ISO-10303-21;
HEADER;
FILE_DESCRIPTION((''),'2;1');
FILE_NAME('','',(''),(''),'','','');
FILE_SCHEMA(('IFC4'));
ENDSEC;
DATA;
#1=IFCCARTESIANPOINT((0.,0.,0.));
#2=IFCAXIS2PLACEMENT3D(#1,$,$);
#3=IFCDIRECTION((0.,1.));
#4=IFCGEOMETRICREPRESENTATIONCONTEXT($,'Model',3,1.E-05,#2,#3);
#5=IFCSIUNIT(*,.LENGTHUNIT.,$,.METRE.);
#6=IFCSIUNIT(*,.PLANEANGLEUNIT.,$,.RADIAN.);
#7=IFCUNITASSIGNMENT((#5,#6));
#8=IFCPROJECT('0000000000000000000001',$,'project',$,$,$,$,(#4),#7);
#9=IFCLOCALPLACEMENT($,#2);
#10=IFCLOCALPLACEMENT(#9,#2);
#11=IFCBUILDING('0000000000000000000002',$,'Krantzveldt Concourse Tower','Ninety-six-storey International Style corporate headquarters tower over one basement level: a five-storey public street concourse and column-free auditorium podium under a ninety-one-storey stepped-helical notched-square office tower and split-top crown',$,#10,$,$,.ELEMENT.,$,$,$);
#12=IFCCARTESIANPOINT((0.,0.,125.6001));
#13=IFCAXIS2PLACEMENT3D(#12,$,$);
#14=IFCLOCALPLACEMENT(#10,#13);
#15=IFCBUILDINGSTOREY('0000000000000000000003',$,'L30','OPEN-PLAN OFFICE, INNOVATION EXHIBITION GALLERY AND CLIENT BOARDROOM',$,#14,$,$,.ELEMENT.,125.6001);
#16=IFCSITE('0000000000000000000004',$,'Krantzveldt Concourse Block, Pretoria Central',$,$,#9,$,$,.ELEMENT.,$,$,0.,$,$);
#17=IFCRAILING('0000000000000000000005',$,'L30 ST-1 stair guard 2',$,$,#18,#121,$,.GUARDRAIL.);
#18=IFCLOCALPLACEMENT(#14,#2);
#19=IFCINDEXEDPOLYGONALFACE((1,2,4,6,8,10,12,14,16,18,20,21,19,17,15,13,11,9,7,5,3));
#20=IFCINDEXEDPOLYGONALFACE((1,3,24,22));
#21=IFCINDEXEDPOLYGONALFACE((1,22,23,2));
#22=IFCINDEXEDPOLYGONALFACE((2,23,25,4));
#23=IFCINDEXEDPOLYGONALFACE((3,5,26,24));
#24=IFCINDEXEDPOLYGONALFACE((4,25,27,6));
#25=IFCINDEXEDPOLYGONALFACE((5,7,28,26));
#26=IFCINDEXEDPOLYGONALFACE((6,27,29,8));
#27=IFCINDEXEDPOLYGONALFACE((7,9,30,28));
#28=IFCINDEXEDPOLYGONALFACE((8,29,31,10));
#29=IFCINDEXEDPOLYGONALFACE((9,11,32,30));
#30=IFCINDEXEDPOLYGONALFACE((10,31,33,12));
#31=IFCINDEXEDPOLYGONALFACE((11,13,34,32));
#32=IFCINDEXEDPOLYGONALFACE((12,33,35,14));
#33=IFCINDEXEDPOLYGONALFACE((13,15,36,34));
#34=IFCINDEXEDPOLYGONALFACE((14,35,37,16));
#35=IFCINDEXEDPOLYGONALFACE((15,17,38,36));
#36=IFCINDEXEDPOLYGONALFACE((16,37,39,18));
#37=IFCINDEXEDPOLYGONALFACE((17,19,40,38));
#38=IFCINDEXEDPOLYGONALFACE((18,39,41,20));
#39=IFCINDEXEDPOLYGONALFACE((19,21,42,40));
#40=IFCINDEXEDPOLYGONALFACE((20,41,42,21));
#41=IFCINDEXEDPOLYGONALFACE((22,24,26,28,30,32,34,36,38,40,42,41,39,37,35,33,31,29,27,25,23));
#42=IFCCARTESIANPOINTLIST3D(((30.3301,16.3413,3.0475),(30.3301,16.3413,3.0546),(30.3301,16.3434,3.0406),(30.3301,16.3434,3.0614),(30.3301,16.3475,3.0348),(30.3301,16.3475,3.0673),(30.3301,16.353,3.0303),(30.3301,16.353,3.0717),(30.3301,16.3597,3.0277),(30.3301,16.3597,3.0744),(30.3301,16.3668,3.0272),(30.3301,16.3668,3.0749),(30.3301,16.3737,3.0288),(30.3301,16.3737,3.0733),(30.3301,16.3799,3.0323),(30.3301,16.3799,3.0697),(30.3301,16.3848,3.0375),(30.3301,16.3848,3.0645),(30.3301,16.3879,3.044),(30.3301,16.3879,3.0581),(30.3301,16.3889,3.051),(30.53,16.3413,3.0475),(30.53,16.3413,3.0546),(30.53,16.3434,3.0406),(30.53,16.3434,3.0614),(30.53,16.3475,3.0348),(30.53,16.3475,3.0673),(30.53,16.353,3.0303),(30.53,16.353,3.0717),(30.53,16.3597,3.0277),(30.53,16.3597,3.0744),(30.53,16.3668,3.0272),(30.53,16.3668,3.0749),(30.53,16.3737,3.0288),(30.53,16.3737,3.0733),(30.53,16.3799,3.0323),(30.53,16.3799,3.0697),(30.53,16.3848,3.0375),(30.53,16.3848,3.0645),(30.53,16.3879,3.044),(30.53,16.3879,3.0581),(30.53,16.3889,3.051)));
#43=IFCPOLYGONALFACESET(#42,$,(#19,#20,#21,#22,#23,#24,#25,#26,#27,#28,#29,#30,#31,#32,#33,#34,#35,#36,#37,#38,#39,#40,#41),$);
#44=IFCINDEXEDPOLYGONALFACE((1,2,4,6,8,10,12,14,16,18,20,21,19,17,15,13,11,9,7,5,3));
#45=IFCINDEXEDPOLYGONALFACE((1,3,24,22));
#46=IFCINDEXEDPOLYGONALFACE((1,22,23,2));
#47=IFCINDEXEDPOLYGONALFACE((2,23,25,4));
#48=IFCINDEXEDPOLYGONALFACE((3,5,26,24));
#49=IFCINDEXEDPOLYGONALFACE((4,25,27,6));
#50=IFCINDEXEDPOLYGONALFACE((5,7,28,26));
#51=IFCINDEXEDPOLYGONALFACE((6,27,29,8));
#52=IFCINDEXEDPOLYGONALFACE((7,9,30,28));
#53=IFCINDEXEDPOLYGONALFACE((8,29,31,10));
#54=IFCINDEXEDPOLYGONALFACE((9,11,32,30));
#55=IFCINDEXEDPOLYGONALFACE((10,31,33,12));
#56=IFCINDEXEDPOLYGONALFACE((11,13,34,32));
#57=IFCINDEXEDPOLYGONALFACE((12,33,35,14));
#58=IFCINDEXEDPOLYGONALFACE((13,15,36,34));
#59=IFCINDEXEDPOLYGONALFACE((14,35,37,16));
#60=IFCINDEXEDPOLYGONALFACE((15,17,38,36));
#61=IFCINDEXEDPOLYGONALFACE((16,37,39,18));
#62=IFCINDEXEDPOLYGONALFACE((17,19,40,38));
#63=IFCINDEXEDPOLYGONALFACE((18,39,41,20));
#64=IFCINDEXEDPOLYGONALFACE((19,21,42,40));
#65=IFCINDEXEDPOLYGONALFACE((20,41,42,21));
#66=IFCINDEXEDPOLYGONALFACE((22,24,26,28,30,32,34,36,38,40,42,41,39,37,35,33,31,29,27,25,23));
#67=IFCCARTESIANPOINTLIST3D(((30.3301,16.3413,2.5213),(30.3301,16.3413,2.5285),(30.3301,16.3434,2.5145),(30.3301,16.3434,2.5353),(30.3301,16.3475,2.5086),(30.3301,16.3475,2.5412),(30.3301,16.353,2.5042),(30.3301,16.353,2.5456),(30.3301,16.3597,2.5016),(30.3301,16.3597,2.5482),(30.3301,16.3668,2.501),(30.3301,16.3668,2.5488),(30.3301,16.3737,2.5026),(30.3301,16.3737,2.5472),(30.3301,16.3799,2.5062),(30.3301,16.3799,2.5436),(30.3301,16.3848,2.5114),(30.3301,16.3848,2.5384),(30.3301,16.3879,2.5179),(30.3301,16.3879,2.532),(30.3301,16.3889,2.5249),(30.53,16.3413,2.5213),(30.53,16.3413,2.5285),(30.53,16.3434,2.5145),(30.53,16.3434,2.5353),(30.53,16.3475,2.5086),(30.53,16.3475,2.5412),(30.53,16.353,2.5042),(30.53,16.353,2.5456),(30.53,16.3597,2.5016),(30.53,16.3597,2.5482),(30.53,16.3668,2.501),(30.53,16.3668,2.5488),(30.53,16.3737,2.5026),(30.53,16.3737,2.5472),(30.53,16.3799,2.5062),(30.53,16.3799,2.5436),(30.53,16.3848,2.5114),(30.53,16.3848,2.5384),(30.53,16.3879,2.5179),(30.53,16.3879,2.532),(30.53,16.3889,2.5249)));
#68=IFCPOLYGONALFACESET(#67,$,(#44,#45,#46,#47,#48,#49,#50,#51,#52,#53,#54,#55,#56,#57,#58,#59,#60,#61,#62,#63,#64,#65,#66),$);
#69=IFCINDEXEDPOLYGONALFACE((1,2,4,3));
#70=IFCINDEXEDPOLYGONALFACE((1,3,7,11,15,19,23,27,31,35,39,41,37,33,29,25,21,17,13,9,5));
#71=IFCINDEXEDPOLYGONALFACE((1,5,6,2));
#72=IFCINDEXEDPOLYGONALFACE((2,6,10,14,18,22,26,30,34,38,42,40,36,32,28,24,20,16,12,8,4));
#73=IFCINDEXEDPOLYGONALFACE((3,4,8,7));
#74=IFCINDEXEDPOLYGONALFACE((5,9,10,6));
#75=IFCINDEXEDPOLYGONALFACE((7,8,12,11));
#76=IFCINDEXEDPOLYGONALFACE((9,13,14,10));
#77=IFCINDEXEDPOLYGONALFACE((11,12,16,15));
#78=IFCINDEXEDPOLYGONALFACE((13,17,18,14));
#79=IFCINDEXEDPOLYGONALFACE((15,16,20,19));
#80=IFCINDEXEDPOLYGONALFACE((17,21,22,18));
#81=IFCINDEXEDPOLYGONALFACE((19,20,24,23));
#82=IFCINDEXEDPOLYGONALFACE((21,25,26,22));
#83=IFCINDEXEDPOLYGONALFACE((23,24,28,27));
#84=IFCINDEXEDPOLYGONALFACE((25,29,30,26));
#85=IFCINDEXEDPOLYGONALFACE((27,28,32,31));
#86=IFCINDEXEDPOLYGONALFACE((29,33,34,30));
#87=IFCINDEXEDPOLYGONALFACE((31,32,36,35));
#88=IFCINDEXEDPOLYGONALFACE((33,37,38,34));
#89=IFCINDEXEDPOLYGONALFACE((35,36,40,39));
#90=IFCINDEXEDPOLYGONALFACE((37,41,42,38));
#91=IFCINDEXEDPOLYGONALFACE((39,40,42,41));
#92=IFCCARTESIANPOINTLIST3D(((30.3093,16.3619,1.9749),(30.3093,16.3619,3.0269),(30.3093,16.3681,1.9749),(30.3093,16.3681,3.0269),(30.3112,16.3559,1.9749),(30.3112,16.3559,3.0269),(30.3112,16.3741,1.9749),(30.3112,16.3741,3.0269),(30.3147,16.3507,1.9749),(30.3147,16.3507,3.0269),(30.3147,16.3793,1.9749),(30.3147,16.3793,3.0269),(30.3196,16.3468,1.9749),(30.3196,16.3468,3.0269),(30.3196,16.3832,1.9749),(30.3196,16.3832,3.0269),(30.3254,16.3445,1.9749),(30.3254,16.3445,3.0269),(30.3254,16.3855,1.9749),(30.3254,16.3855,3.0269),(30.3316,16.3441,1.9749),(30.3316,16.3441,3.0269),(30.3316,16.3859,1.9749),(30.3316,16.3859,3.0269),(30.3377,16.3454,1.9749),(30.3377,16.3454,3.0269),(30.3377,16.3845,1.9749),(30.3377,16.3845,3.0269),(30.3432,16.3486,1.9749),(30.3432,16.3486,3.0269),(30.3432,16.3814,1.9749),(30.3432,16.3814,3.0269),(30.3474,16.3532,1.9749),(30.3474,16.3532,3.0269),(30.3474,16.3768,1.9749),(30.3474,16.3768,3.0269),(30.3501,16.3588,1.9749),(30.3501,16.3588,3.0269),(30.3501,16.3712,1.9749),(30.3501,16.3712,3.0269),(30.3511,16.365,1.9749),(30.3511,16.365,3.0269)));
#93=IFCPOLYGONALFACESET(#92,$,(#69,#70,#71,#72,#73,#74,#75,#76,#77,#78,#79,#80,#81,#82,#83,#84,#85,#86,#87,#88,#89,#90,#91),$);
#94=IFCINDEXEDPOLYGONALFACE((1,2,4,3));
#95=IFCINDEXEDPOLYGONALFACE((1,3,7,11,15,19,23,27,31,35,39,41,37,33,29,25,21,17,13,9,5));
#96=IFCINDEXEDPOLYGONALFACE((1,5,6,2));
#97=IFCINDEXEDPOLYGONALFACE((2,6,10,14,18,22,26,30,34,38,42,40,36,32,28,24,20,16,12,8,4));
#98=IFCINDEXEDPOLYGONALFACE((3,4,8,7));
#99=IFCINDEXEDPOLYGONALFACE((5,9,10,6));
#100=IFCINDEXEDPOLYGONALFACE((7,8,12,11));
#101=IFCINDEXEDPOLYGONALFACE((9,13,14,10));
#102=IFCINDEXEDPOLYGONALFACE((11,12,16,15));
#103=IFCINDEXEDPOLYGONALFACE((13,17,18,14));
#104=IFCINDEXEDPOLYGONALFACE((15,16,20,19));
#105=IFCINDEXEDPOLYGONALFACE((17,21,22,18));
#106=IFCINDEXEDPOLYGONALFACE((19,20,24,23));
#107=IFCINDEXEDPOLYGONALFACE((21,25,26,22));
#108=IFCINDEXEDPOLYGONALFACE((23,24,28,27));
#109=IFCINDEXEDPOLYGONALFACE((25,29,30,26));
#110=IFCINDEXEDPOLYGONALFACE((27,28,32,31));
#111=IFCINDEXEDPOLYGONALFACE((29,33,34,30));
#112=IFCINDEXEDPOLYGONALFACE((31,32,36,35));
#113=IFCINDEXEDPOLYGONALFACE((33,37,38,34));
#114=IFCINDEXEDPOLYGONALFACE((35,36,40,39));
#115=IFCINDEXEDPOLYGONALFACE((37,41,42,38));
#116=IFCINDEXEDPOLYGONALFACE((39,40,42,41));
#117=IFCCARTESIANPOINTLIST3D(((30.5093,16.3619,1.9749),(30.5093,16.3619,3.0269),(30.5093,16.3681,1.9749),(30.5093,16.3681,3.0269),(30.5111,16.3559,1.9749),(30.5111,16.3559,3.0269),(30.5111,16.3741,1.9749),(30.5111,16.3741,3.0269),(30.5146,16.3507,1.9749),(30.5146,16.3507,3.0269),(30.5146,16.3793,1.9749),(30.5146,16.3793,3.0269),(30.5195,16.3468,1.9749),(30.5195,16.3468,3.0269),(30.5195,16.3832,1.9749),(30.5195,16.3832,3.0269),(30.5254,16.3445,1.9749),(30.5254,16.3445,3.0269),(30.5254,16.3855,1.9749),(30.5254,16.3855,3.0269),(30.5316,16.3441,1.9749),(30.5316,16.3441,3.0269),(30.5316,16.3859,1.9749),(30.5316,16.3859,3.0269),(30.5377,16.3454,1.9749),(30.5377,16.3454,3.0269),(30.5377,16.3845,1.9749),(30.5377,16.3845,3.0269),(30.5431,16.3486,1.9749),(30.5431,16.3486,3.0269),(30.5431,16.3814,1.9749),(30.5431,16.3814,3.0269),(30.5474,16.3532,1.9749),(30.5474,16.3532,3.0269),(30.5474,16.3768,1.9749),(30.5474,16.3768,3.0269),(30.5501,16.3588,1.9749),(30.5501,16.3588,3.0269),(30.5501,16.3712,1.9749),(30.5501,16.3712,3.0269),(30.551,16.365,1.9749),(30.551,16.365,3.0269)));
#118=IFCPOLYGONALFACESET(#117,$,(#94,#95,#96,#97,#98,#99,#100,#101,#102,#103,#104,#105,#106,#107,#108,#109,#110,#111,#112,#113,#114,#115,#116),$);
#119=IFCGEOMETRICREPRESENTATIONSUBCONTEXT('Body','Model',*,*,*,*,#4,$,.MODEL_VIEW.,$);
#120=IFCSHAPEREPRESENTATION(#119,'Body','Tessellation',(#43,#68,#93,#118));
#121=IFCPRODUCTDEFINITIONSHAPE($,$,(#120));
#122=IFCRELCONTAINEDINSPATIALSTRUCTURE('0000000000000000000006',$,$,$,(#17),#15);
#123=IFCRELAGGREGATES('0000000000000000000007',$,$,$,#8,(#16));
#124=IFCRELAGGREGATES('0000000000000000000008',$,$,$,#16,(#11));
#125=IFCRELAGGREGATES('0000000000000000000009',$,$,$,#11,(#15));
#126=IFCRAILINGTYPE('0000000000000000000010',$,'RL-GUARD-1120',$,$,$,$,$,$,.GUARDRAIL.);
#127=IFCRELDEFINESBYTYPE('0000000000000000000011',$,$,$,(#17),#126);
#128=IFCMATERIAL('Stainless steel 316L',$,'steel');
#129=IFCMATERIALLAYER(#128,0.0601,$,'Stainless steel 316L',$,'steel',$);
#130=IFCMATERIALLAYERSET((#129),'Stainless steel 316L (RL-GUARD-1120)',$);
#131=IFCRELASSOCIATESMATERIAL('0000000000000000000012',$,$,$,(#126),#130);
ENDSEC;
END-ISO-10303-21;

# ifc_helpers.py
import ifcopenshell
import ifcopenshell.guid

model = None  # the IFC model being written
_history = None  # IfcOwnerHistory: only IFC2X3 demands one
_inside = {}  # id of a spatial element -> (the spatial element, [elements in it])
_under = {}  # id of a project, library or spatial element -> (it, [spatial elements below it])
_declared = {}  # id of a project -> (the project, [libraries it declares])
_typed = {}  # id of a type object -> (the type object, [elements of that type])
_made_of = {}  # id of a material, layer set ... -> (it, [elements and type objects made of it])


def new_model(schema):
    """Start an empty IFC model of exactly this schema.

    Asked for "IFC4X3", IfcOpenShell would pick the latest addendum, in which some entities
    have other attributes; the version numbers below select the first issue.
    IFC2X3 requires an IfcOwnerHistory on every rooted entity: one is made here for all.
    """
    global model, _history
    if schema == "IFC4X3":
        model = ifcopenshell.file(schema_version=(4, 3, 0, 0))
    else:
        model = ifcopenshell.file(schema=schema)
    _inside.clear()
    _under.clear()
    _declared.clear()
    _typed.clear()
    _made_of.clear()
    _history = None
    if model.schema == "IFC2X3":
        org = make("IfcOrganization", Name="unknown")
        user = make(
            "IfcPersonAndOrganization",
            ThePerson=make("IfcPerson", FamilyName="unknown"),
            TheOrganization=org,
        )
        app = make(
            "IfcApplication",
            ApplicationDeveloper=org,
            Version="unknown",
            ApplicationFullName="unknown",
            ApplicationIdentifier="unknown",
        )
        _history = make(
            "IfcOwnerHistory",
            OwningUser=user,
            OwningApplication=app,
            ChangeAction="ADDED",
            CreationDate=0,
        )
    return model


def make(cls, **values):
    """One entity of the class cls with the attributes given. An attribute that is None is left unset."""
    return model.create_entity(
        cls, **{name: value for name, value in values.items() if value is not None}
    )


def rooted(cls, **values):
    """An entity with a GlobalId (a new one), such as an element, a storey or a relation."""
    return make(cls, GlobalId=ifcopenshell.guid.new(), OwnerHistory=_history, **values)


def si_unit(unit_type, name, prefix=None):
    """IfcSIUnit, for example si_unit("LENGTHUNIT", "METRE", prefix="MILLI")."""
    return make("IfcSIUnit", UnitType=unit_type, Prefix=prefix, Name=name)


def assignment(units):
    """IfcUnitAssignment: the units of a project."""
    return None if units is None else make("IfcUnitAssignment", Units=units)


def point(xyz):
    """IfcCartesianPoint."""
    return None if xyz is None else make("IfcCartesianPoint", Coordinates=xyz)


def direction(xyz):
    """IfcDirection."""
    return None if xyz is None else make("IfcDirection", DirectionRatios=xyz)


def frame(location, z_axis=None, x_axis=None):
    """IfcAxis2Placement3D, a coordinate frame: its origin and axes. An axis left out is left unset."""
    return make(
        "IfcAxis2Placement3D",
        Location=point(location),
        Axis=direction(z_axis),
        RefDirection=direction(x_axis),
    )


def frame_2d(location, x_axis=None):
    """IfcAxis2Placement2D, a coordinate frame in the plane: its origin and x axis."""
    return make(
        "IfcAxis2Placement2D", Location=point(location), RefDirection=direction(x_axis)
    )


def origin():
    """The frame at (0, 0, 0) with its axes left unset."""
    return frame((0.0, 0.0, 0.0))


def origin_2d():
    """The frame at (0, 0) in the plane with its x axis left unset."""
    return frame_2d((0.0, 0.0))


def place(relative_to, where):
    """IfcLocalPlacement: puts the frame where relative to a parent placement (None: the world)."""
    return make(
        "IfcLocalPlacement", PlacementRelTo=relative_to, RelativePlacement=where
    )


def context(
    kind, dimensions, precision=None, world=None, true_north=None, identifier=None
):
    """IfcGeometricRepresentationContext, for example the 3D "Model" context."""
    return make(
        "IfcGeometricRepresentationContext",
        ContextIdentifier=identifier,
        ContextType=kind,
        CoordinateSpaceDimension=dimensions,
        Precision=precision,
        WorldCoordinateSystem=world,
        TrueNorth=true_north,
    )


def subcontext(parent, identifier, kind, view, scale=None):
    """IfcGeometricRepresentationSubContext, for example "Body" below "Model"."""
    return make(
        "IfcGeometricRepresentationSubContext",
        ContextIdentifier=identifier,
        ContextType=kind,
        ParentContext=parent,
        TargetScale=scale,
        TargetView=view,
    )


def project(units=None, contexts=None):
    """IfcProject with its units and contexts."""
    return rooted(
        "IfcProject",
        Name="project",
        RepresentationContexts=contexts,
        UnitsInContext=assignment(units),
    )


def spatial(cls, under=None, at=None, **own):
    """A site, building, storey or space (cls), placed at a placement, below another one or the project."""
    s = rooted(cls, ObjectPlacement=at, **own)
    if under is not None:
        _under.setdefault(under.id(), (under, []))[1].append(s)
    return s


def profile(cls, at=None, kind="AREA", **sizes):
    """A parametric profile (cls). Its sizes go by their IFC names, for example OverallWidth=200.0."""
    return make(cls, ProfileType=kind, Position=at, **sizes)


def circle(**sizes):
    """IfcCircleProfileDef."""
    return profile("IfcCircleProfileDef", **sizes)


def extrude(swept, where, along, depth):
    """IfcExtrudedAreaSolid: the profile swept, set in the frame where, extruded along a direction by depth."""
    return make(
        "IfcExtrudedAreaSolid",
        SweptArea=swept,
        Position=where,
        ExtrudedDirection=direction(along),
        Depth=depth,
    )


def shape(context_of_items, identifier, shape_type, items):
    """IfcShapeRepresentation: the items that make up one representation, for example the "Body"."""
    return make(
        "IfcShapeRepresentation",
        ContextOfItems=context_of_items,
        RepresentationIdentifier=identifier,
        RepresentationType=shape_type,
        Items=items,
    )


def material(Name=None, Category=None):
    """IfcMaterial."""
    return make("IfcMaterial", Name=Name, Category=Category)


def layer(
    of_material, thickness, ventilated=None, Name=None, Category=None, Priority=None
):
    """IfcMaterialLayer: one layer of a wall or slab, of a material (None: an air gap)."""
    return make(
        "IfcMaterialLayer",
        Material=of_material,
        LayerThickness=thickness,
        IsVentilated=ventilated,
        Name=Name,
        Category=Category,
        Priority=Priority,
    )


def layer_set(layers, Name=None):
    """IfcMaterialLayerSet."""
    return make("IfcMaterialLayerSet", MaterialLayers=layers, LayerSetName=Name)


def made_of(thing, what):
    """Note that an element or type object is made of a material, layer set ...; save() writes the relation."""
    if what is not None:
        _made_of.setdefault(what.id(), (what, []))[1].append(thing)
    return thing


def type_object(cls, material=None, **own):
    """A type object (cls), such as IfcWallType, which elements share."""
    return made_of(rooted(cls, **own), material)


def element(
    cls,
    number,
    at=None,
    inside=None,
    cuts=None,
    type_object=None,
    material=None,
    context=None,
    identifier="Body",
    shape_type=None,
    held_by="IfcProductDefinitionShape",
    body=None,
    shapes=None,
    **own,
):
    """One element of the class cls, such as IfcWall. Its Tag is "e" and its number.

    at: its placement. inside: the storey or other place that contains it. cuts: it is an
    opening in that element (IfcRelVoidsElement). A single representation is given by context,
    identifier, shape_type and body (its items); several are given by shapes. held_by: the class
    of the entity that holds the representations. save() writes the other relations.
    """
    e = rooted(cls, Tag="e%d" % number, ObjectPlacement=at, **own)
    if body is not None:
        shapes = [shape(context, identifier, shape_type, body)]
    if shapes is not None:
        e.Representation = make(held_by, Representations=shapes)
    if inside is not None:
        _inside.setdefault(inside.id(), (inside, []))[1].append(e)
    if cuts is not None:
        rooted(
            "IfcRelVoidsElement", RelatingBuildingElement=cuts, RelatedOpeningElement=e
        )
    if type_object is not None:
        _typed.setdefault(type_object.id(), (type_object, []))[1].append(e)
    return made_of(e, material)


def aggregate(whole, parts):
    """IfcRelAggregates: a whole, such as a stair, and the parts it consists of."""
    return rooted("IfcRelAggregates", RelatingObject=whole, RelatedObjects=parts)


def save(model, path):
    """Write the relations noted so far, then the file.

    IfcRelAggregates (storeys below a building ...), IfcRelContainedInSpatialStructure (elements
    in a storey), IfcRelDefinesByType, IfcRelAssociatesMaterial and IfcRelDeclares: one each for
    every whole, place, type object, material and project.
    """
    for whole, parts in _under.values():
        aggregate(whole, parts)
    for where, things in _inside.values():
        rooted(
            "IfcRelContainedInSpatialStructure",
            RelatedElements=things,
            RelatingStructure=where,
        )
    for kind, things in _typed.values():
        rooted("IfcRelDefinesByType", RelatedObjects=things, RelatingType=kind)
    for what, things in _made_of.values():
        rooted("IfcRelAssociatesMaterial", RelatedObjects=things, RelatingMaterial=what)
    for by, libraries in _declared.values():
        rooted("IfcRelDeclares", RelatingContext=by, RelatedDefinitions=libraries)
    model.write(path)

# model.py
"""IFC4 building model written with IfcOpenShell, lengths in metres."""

from ifc_helpers import new_model, si_unit, direction, frame, origin, origin_2d, place, context, subcontext, project, spatial, circle, extrude, material, layer, layer_set, type_object, element, save


model = new_model("IFC4")

# Units and contexts
model_context = context("Model", 3, precision=1e-05, world=origin(), true_north=direction((0.0, 1.0)))
body_context = subcontext(model_context, "Body", "Model", "MODEL_VIEW")
ifc_project = project(units=[si_unit("LENGTHUNIT", "METRE"), si_unit("PLANEANGLEUNIT", "RADIAN")], contexts=[model_context])

# Site, building, storey
site_placement = place(None, origin())
site = spatial("IfcSite", under=ifc_project, at=site_placement, Name="Krantzveldt Concourse Block, Pretoria Central", CompositionType="ELEMENT", RefElevation=0.0)
building_placement = place(site_placement, origin())
building = spatial("IfcBuilding", under=site, at=building_placement, Name="Krantzveldt Concourse Tower", Description="Ninety-six-storey International Style corporate headquarters tower over one basement level: a five-storey public street concourse and column-free auditorium podium under a ninety-one-storey stepped-helical notched-square office tower and split-top crown", CompositionType="ELEMENT")
storey_placement = place(building_placement, frame((0.0, 0.0, 125.6001)))
storey = spatial("IfcBuildingStorey", under=building, at=storey_placement, Name="L30", Description="OPEN-PLAN OFFICE, INNOVATION EXHIBITION GALLERY AND CLIENT BOARDROOM", CompositionType="ELEMENT", Elevation=125.6001)

# Railing
ifc_material_1 = material(Name="Stainless steel 316L", Category="steel")
ifc_layer_1 = layer(ifc_material_1, 0.0601, Name="Stainless steel 316L", Category="steel")
ifc_layer_set_1 = layer_set([ifc_layer_1], Name="Stainless steel 316L (RL-GUARD-1120)")
railing_type_1 = type_object("IfcRailingType", Name="RL-GUARD-1120", PredefinedType="GUARDRAIL", material=ifc_layer_set_1)
railing_1_placement = place(storey_placement, frame((30.3301, 16.365, 1.9749)))
element("IfcRailing", 1, at=railing_1_placement, inside=storey, type_object=railing_type_1, Name="L30 ST-1 stair guard 2", PredefinedType="GUARDRAIL", context=body_context, shape_type="SweptSolid", body=[
    extrude(circle(Radius=0.0239, at=origin_2d()), frame((0.0, 0.0, 1.0762), z_axis=(1.0, 0.0, 0.0), x_axis=(0.0, 1.0, 0.0)), (0.0, 0.0, 1.0), 0.2),
    extrude(circle(Radius=0.0239, at=origin_2d()), frame((0.0, 0.0, 0.55), z_axis=(1.0, 0.0, 0.0), x_axis=(0.0, 1.0, 0.0)), (0.0, 0.0, 1.0), 0.2),
    extrude(circle(Radius=0.021, at=origin_2d()), origin(), (0.0, 0.0, 1.0), 1.052),
    extrude(circle(Radius=0.021, at=origin_2d()), frame((0.2, 0.0, 0.0)), (0.0, 0.0, 1.0), 1.052),
])

save(model, "model.ifc")
